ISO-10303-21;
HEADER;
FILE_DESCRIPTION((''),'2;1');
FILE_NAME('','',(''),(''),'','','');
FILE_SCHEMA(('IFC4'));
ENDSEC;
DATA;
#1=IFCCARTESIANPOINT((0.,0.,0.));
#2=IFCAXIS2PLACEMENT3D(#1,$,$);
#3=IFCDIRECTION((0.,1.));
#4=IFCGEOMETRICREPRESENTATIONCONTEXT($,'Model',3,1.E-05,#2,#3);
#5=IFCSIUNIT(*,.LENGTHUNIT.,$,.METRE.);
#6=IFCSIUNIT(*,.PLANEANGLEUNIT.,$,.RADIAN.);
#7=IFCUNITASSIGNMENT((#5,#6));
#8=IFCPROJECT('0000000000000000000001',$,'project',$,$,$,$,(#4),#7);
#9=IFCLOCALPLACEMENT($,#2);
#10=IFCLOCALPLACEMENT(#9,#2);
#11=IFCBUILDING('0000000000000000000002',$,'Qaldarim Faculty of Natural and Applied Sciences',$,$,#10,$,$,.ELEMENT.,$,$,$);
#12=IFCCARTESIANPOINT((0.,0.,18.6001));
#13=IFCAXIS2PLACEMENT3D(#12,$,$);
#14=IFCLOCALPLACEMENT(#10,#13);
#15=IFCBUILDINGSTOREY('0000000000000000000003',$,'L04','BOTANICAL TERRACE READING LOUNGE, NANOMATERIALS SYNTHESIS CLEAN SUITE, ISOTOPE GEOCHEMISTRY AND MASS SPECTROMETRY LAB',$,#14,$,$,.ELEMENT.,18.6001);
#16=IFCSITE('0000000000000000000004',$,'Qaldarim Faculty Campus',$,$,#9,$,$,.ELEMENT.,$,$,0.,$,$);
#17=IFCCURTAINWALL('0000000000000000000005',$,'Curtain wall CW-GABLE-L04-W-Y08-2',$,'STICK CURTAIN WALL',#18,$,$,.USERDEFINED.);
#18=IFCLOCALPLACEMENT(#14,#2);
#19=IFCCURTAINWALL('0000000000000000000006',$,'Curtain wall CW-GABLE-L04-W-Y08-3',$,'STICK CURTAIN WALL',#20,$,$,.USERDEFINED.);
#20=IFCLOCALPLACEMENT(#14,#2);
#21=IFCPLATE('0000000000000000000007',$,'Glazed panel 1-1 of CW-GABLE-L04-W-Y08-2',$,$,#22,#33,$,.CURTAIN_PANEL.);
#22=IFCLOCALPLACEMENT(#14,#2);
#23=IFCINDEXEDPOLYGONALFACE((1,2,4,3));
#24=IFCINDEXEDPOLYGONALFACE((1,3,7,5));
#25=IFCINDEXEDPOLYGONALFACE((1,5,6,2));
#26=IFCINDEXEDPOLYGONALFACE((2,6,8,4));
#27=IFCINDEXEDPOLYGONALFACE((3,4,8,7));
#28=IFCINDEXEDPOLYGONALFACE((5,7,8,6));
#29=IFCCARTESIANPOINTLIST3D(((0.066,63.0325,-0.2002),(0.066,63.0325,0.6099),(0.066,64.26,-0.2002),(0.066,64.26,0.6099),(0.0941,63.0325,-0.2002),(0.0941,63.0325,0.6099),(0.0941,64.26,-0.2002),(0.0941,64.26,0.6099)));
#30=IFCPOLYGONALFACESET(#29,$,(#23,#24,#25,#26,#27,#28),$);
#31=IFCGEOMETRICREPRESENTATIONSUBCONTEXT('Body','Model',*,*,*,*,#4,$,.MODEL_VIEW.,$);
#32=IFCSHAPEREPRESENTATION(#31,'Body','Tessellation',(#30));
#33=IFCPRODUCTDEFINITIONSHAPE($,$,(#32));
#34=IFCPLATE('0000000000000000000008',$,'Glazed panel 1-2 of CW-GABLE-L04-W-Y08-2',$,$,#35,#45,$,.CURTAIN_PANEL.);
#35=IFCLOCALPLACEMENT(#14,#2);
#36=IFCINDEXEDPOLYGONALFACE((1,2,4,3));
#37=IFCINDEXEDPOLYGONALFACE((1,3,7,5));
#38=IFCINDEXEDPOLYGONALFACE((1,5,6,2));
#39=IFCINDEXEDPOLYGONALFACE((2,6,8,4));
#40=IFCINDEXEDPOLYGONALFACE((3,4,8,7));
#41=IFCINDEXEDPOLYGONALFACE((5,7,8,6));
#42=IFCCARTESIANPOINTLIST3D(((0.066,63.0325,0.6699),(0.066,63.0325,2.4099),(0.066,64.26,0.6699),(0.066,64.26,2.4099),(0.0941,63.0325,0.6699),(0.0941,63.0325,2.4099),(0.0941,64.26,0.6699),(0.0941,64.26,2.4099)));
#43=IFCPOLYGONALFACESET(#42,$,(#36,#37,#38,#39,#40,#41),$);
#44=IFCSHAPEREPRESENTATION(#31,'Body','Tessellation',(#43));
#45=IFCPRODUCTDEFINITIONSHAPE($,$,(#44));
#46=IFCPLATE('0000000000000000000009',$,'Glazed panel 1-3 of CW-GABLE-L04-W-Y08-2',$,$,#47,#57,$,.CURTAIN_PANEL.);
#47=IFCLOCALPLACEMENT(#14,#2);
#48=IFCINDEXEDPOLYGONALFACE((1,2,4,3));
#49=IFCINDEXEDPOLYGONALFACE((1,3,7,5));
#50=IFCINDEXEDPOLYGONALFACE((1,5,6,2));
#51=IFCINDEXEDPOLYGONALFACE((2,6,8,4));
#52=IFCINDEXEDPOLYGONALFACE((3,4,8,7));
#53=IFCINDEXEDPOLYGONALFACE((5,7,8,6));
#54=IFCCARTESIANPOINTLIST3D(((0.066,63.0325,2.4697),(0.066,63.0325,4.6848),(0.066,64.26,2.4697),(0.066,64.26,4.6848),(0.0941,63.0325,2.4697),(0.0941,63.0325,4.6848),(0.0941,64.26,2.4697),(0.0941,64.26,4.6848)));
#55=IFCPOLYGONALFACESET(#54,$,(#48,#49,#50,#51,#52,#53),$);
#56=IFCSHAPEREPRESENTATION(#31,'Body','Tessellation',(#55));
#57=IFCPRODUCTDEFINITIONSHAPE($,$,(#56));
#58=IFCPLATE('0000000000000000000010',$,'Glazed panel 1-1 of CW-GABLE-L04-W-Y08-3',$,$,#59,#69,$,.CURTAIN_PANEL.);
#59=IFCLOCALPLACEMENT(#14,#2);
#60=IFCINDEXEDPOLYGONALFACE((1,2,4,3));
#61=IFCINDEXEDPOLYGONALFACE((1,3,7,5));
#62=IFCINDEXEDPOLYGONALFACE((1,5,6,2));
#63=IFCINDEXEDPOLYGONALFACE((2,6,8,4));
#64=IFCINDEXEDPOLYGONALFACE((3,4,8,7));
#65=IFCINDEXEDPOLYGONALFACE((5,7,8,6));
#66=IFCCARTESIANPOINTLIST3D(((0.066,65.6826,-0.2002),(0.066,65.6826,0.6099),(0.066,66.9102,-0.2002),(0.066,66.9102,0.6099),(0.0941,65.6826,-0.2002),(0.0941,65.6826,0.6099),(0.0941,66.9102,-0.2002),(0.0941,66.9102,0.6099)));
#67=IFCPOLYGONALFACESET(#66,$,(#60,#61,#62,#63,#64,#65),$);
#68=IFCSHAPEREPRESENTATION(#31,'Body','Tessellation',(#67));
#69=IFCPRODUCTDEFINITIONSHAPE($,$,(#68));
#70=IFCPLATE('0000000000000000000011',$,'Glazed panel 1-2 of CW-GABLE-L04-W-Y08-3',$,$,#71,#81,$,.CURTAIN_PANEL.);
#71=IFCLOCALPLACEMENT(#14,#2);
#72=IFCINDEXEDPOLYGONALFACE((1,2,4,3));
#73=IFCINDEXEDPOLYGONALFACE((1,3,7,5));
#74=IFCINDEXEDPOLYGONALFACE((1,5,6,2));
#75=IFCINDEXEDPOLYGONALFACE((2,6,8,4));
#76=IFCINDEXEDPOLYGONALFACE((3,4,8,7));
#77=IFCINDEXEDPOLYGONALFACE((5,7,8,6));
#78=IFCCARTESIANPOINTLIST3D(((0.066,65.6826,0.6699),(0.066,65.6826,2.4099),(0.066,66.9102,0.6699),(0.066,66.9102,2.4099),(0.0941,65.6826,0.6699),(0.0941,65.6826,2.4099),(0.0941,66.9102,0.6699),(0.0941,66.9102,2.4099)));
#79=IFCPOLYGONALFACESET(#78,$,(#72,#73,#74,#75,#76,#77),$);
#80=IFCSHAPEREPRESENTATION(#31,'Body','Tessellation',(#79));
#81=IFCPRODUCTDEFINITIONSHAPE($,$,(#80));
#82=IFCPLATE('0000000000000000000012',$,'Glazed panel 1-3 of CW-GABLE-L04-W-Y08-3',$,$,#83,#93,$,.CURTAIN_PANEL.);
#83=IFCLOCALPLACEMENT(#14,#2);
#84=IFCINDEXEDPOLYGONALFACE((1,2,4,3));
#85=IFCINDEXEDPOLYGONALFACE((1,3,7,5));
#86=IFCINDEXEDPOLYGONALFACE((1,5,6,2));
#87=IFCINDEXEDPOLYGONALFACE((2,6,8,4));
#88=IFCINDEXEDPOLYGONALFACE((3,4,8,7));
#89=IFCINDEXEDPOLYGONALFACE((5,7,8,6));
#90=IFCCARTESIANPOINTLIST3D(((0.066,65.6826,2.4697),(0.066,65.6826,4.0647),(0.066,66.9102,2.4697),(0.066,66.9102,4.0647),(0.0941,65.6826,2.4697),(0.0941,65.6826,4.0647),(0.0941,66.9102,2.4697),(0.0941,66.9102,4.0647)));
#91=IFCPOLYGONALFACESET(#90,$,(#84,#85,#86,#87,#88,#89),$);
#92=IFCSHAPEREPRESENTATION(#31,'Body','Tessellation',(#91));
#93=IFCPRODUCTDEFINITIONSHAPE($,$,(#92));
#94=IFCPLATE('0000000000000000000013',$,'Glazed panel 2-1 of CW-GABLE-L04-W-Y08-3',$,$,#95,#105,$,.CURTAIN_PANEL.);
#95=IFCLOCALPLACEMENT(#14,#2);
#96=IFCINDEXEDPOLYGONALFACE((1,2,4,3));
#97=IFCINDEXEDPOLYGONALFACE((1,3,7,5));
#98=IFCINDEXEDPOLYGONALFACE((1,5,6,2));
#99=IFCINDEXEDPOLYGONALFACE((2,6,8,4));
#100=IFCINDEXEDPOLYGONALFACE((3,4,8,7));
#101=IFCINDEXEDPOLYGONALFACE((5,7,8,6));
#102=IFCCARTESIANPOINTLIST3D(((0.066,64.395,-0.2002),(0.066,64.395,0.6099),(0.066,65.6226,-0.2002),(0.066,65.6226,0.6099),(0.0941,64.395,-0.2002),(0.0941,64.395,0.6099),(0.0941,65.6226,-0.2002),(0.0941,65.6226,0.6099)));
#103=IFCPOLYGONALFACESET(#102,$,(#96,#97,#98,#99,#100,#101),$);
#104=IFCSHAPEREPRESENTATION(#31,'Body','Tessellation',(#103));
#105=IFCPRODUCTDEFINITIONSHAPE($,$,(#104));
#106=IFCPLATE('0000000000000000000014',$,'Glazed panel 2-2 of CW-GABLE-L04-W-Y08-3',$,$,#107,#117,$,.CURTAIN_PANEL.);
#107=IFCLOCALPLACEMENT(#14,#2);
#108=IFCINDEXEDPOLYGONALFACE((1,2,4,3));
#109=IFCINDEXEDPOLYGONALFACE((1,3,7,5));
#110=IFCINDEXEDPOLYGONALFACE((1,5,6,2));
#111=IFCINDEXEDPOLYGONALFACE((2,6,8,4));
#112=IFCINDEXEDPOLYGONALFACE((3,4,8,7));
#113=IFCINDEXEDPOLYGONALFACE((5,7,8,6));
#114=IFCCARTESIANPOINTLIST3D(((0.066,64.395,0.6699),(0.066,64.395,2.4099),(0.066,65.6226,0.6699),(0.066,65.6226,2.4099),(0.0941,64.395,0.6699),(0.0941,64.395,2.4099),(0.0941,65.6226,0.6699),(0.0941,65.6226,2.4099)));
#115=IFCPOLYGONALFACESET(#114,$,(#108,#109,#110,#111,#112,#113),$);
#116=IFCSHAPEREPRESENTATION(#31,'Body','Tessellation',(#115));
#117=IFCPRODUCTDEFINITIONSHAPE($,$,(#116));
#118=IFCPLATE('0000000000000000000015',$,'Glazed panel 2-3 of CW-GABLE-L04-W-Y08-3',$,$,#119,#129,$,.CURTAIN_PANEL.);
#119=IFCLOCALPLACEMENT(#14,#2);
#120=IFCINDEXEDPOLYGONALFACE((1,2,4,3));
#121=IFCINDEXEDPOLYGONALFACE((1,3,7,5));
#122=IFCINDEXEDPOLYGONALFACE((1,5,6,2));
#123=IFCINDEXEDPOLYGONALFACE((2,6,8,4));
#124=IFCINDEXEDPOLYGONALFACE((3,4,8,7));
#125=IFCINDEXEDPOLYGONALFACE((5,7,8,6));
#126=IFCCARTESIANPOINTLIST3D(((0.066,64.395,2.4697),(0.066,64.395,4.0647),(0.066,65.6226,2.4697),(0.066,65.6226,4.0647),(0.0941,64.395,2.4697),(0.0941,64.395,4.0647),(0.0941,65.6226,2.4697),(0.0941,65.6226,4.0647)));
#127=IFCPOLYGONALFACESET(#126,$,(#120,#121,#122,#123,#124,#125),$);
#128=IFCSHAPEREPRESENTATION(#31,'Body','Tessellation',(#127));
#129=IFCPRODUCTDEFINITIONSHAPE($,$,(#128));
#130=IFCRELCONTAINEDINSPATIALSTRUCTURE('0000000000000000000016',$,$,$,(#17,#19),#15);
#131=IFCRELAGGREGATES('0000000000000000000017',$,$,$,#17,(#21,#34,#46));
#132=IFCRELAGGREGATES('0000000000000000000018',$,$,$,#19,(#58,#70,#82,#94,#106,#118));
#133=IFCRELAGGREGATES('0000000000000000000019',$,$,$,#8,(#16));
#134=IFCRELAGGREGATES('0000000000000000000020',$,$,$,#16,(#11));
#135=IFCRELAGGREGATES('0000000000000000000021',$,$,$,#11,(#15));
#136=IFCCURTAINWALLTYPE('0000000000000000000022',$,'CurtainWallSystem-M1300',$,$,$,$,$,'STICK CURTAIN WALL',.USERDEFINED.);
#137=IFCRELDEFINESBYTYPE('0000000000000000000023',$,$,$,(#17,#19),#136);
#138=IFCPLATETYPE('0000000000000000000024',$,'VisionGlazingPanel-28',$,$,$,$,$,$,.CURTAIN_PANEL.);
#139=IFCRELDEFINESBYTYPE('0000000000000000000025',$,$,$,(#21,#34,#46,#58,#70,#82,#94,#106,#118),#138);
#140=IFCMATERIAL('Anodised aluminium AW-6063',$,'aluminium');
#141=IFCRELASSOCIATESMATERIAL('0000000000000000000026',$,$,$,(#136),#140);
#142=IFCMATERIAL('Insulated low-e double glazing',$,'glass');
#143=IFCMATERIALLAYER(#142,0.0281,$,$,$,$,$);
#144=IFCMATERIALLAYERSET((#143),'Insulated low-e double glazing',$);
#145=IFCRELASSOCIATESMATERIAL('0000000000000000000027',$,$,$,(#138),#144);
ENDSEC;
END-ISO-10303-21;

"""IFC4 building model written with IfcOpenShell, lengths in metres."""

from ifc_helpers import new_model, si_unit, direction, frame, origin, origin_2d, place, context, subcontext, project, spatial, rectangle, extrude, material, layer, layer_set, type_object, element, aggregate, save


model = new_model("IFC4")

# Units and contexts
model_context = context("Model", 3, precision=1e-05, world=origin(), true_north=direction((0.0, 1.0)))
body_context = subcontext(model_context, "Body", "Model", "MODEL_VIEW")
ifc_project = project(units=[si_unit("LENGTHUNIT", "METRE"), si_unit("PLANEANGLEUNIT", "RADIAN")], contexts=[model_context])

# Site, building, storey
site_placement = place(None, origin())
site = spatial("IfcSite", under=ifc_project, at=site_placement, Name="Qaldarim Faculty Campus", CompositionType="ELEMENT", RefElevation=0.0)
building_placement = place(site_placement, origin())
building = spatial("IfcBuilding", under=site, at=building_placement, Name="Qaldarim Faculty of Natural and Applied Sciences", CompositionType="ELEMENT")
storey_placement = place(building_placement, frame((0.0, 0.0, 18.6001)))
storey = spatial("IfcBuildingStorey", under=building, at=storey_placement, Name="L04", Description="BOTANICAL TERRACE READING LOUNGE, NANOMATERIALS SYNTHESIS CLEAN SUITE, ISOTOPE GEOCHEMISTRY AND MASS SPECTROMETRY LAB", CompositionType="ELEMENT", Elevation=18.6001)

# Curtain walls
ifc_material_1 = material(Name="Anodised aluminium AW-6063", Category="aluminium")
curtain_wall_type = type_object("IfcCurtainWallType", Name="CurtainWallSystem-M1300", ElementType="STICK CURTAIN WALL", PredefinedType="USERDEFINED", material=ifc_material_1)
curtain_wall_1_placement = place(storey_placement, origin())
curtain_wall_1 = element("IfcCurtainWall", 1, at=curtain_wall_1_placement, inside=storey, type_object=curtain_wall_type, Name="Curtain wall CW-GABLE-L04-W-Y08-2", ObjectType="STICK CURTAIN WALL", PredefinedType="USERDEFINED")
curtain_wall_2_placement = place(storey_placement, origin())
curtain_wall_2 = element("IfcCurtainWall", 2, at=curtain_wall_2_placement, inside=storey, type_object=curtain_wall_type, Name="Curtain wall CW-GABLE-L04-W-Y08-3", ObjectType="STICK CURTAIN WALL", PredefinedType="USERDEFINED")

# Plates
ifc_material_2 = material(Name="Insulated low-e double glazing", Category="glass")
ifc_layer = layer(ifc_material_2, 0.0281)
ifc_layer_set = layer_set([ifc_layer], Name="Insulated low-e double glazing")
plate_type = type_object("IfcPlateType", Name="VisionGlazingPanel-28", PredefinedType="CURTAIN_PANEL", material=ifc_layer_set)
plate_1_placement = place(storey_placement, frame((0.0801, 63.6462, -0.2002), z_axis=(0.0, 0.0, 1.0), x_axis=(0.0, -1.0, 0.0)))
plate_1 = element("IfcPlate", 3, at=plate_1_placement, type_object=plate_type, Name="Glazed panel 1-1 of CW-GABLE-L04-W-Y08-2", PredefinedType="CURTAIN_PANEL", context=body_context, shape_type="SweptSolid", body=[
    extrude(rectangle(XDim=1.2275, YDim=0.0281, at=origin_2d()), origin(), (0.0, 0.0, 1.0), 0.8101),
])
plate_2_placement = place(storey_placement, frame((0.0801, 63.6462, 0.6699), z_axis=(0.0, 0.0, 1.0), x_axis=(0.0, -1.0, 0.0)))
plate_2 = element("IfcPlate", 4, at=plate_2_placement, type_object=plate_type, Name="Glazed panel 1-2 of CW-GABLE-L04-W-Y08-2", PredefinedType="CURTAIN_PANEL", context=body_context, shape_type="SweptSolid", body=[
    extrude(rectangle(XDim=1.2275, YDim=0.0281, at=origin_2d()), origin(), (0.0, 0.0, 1.0), 1.74),
])
plate_3_placement = place(storey_placement, frame((0.0801, 63.6462, 2.4697), z_axis=(0.0, 0.0, 1.0), x_axis=(0.0, -1.0, 0.0)))
plate_3 = element("IfcPlate", 5, at=plate_3_placement, type_object=plate_type, Name="Glazed panel 1-3 of CW-GABLE-L04-W-Y08-2", PredefinedType="CURTAIN_PANEL", context=body_context, shape_type="SweptSolid", body=[
    extrude(rectangle(XDim=1.2275, YDim=0.0281, at=origin_2d()), origin(), (0.0, 0.0, 1.0), 2.2151),
])
aggregate(curtain_wall_1, [plate_1, plate_2, plate_3])
plate_4_placement = place(storey_placement, frame((0.0801, 66.2964, -0.2002), z_axis=(0.0, 0.0, 1.0), x_axis=(0.0, -1.0, 0.0)))
plate_4 = element("IfcPlate", 6, at=plate_4_placement, type_object=plate_type, Name="Glazed panel 1-1 of CW-GABLE-L04-W-Y08-3", PredefinedType="CURTAIN_PANEL", context=body_context, shape_type="SweptSolid", body=[
    extrude(rectangle(XDim=1.2275, YDim=0.0281, at=origin_2d()), origin(), (0.0, 0.0, 1.0), 0.8101),
])
plate_5_placement = place(storey_placement, frame((0.0801, 66.2964, 0.6699), z_axis=(0.0, 0.0, 1.0), x_axis=(0.0, -1.0, 0.0)))
plate_5 = element("IfcPlate", 7, at=plate_5_placement, type_object=plate_type, Name="Glazed panel 1-2 of CW-GABLE-L04-W-Y08-3", PredefinedType="CURTAIN_PANEL", context=body_context, shape_type="SweptSolid", body=[
    extrude(rectangle(XDim=1.2275, YDim=0.0281, at=origin_2d()), origin(), (0.0, 0.0, 1.0), 1.74),
])
plate_6_placement = place(storey_placement, frame((0.0801, 66.2964, 2.4697), z_axis=(0.0, 0.0, 1.0), x_axis=(0.0, -1.0, 0.0)))
plate_6 = element("IfcPlate", 8, at=plate_6_placement, type_object=plate_type, Name="Glazed panel 1-3 of CW-GABLE-L04-W-Y08-3", PredefinedType="CURTAIN_PANEL", context=body_context, shape_type="SweptSolid", body=[
    extrude(rectangle(XDim=1.2275, YDim=0.0281, at=origin_2d()), origin(), (0.0, 0.0, 1.0), 1.595),
])
plate_7_placement = place(storey_placement, frame((0.0801, 65.0088, -0.2002), z_axis=(0.0, 0.0, 1.0), x_axis=(0.0, -1.0, 0.0)))
plate_7 = element("IfcPlate", 9, at=plate_7_placement, type_object=plate_type, Name="Glazed panel 2-1 of CW-GABLE-L04-W-Y08-3", PredefinedType="CURTAIN_PANEL", context=body_context, shape_type="SweptSolid", body=[
    extrude(rectangle(XDim=1.2275, YDim=0.0281, at=origin_2d()), origin(), (0.0, 0.0, 1.0), 0.8101),
])
plate_8_placement = place(storey_placement, frame((0.0801, 65.0088, 0.6699), z_axis=(0.0, 0.0, 1.0), x_axis=(0.0, -1.0, 0.0)))
plate_8 = element("IfcPlate", 10, at=plate_8_placement, type_object=plate_type, Name="Glazed panel 2-2 of CW-GABLE-L04-W-Y08-3", PredefinedType="CURTAIN_PANEL", context=body_context, shape_type="SweptSolid", body=[
    extrude(rectangle(XDim=1.2275, YDim=0.0281, at=origin_2d()), origin(), (0.0, 0.0, 1.0), 1.74),
])
plate_9_placement = place(storey_placement, frame((0.0801, 65.0088, 2.4697), z_axis=(0.0, 0.0, 1.0), x_axis=(0.0, -1.0, 0.0)))
plate_9 = element("IfcPlate", 11, at=plate_9_placement, type_object=plate_type, Name="Glazed panel 2-3 of CW-GABLE-L04-W-Y08-3", PredefinedType="CURTAIN_PANEL", context=body_context, shape_type="SweptSolid", body=[
    extrude(rectangle(XDim=1.2275, YDim=0.0281, at=origin_2d()), origin(), (0.0, 0.0, 1.0), 1.595),
])
aggregate(curtain_wall_2, [plate_4, plate_5, plate_6, plate_7, plate_8, plate_9])

save(model, "model.ifc")
